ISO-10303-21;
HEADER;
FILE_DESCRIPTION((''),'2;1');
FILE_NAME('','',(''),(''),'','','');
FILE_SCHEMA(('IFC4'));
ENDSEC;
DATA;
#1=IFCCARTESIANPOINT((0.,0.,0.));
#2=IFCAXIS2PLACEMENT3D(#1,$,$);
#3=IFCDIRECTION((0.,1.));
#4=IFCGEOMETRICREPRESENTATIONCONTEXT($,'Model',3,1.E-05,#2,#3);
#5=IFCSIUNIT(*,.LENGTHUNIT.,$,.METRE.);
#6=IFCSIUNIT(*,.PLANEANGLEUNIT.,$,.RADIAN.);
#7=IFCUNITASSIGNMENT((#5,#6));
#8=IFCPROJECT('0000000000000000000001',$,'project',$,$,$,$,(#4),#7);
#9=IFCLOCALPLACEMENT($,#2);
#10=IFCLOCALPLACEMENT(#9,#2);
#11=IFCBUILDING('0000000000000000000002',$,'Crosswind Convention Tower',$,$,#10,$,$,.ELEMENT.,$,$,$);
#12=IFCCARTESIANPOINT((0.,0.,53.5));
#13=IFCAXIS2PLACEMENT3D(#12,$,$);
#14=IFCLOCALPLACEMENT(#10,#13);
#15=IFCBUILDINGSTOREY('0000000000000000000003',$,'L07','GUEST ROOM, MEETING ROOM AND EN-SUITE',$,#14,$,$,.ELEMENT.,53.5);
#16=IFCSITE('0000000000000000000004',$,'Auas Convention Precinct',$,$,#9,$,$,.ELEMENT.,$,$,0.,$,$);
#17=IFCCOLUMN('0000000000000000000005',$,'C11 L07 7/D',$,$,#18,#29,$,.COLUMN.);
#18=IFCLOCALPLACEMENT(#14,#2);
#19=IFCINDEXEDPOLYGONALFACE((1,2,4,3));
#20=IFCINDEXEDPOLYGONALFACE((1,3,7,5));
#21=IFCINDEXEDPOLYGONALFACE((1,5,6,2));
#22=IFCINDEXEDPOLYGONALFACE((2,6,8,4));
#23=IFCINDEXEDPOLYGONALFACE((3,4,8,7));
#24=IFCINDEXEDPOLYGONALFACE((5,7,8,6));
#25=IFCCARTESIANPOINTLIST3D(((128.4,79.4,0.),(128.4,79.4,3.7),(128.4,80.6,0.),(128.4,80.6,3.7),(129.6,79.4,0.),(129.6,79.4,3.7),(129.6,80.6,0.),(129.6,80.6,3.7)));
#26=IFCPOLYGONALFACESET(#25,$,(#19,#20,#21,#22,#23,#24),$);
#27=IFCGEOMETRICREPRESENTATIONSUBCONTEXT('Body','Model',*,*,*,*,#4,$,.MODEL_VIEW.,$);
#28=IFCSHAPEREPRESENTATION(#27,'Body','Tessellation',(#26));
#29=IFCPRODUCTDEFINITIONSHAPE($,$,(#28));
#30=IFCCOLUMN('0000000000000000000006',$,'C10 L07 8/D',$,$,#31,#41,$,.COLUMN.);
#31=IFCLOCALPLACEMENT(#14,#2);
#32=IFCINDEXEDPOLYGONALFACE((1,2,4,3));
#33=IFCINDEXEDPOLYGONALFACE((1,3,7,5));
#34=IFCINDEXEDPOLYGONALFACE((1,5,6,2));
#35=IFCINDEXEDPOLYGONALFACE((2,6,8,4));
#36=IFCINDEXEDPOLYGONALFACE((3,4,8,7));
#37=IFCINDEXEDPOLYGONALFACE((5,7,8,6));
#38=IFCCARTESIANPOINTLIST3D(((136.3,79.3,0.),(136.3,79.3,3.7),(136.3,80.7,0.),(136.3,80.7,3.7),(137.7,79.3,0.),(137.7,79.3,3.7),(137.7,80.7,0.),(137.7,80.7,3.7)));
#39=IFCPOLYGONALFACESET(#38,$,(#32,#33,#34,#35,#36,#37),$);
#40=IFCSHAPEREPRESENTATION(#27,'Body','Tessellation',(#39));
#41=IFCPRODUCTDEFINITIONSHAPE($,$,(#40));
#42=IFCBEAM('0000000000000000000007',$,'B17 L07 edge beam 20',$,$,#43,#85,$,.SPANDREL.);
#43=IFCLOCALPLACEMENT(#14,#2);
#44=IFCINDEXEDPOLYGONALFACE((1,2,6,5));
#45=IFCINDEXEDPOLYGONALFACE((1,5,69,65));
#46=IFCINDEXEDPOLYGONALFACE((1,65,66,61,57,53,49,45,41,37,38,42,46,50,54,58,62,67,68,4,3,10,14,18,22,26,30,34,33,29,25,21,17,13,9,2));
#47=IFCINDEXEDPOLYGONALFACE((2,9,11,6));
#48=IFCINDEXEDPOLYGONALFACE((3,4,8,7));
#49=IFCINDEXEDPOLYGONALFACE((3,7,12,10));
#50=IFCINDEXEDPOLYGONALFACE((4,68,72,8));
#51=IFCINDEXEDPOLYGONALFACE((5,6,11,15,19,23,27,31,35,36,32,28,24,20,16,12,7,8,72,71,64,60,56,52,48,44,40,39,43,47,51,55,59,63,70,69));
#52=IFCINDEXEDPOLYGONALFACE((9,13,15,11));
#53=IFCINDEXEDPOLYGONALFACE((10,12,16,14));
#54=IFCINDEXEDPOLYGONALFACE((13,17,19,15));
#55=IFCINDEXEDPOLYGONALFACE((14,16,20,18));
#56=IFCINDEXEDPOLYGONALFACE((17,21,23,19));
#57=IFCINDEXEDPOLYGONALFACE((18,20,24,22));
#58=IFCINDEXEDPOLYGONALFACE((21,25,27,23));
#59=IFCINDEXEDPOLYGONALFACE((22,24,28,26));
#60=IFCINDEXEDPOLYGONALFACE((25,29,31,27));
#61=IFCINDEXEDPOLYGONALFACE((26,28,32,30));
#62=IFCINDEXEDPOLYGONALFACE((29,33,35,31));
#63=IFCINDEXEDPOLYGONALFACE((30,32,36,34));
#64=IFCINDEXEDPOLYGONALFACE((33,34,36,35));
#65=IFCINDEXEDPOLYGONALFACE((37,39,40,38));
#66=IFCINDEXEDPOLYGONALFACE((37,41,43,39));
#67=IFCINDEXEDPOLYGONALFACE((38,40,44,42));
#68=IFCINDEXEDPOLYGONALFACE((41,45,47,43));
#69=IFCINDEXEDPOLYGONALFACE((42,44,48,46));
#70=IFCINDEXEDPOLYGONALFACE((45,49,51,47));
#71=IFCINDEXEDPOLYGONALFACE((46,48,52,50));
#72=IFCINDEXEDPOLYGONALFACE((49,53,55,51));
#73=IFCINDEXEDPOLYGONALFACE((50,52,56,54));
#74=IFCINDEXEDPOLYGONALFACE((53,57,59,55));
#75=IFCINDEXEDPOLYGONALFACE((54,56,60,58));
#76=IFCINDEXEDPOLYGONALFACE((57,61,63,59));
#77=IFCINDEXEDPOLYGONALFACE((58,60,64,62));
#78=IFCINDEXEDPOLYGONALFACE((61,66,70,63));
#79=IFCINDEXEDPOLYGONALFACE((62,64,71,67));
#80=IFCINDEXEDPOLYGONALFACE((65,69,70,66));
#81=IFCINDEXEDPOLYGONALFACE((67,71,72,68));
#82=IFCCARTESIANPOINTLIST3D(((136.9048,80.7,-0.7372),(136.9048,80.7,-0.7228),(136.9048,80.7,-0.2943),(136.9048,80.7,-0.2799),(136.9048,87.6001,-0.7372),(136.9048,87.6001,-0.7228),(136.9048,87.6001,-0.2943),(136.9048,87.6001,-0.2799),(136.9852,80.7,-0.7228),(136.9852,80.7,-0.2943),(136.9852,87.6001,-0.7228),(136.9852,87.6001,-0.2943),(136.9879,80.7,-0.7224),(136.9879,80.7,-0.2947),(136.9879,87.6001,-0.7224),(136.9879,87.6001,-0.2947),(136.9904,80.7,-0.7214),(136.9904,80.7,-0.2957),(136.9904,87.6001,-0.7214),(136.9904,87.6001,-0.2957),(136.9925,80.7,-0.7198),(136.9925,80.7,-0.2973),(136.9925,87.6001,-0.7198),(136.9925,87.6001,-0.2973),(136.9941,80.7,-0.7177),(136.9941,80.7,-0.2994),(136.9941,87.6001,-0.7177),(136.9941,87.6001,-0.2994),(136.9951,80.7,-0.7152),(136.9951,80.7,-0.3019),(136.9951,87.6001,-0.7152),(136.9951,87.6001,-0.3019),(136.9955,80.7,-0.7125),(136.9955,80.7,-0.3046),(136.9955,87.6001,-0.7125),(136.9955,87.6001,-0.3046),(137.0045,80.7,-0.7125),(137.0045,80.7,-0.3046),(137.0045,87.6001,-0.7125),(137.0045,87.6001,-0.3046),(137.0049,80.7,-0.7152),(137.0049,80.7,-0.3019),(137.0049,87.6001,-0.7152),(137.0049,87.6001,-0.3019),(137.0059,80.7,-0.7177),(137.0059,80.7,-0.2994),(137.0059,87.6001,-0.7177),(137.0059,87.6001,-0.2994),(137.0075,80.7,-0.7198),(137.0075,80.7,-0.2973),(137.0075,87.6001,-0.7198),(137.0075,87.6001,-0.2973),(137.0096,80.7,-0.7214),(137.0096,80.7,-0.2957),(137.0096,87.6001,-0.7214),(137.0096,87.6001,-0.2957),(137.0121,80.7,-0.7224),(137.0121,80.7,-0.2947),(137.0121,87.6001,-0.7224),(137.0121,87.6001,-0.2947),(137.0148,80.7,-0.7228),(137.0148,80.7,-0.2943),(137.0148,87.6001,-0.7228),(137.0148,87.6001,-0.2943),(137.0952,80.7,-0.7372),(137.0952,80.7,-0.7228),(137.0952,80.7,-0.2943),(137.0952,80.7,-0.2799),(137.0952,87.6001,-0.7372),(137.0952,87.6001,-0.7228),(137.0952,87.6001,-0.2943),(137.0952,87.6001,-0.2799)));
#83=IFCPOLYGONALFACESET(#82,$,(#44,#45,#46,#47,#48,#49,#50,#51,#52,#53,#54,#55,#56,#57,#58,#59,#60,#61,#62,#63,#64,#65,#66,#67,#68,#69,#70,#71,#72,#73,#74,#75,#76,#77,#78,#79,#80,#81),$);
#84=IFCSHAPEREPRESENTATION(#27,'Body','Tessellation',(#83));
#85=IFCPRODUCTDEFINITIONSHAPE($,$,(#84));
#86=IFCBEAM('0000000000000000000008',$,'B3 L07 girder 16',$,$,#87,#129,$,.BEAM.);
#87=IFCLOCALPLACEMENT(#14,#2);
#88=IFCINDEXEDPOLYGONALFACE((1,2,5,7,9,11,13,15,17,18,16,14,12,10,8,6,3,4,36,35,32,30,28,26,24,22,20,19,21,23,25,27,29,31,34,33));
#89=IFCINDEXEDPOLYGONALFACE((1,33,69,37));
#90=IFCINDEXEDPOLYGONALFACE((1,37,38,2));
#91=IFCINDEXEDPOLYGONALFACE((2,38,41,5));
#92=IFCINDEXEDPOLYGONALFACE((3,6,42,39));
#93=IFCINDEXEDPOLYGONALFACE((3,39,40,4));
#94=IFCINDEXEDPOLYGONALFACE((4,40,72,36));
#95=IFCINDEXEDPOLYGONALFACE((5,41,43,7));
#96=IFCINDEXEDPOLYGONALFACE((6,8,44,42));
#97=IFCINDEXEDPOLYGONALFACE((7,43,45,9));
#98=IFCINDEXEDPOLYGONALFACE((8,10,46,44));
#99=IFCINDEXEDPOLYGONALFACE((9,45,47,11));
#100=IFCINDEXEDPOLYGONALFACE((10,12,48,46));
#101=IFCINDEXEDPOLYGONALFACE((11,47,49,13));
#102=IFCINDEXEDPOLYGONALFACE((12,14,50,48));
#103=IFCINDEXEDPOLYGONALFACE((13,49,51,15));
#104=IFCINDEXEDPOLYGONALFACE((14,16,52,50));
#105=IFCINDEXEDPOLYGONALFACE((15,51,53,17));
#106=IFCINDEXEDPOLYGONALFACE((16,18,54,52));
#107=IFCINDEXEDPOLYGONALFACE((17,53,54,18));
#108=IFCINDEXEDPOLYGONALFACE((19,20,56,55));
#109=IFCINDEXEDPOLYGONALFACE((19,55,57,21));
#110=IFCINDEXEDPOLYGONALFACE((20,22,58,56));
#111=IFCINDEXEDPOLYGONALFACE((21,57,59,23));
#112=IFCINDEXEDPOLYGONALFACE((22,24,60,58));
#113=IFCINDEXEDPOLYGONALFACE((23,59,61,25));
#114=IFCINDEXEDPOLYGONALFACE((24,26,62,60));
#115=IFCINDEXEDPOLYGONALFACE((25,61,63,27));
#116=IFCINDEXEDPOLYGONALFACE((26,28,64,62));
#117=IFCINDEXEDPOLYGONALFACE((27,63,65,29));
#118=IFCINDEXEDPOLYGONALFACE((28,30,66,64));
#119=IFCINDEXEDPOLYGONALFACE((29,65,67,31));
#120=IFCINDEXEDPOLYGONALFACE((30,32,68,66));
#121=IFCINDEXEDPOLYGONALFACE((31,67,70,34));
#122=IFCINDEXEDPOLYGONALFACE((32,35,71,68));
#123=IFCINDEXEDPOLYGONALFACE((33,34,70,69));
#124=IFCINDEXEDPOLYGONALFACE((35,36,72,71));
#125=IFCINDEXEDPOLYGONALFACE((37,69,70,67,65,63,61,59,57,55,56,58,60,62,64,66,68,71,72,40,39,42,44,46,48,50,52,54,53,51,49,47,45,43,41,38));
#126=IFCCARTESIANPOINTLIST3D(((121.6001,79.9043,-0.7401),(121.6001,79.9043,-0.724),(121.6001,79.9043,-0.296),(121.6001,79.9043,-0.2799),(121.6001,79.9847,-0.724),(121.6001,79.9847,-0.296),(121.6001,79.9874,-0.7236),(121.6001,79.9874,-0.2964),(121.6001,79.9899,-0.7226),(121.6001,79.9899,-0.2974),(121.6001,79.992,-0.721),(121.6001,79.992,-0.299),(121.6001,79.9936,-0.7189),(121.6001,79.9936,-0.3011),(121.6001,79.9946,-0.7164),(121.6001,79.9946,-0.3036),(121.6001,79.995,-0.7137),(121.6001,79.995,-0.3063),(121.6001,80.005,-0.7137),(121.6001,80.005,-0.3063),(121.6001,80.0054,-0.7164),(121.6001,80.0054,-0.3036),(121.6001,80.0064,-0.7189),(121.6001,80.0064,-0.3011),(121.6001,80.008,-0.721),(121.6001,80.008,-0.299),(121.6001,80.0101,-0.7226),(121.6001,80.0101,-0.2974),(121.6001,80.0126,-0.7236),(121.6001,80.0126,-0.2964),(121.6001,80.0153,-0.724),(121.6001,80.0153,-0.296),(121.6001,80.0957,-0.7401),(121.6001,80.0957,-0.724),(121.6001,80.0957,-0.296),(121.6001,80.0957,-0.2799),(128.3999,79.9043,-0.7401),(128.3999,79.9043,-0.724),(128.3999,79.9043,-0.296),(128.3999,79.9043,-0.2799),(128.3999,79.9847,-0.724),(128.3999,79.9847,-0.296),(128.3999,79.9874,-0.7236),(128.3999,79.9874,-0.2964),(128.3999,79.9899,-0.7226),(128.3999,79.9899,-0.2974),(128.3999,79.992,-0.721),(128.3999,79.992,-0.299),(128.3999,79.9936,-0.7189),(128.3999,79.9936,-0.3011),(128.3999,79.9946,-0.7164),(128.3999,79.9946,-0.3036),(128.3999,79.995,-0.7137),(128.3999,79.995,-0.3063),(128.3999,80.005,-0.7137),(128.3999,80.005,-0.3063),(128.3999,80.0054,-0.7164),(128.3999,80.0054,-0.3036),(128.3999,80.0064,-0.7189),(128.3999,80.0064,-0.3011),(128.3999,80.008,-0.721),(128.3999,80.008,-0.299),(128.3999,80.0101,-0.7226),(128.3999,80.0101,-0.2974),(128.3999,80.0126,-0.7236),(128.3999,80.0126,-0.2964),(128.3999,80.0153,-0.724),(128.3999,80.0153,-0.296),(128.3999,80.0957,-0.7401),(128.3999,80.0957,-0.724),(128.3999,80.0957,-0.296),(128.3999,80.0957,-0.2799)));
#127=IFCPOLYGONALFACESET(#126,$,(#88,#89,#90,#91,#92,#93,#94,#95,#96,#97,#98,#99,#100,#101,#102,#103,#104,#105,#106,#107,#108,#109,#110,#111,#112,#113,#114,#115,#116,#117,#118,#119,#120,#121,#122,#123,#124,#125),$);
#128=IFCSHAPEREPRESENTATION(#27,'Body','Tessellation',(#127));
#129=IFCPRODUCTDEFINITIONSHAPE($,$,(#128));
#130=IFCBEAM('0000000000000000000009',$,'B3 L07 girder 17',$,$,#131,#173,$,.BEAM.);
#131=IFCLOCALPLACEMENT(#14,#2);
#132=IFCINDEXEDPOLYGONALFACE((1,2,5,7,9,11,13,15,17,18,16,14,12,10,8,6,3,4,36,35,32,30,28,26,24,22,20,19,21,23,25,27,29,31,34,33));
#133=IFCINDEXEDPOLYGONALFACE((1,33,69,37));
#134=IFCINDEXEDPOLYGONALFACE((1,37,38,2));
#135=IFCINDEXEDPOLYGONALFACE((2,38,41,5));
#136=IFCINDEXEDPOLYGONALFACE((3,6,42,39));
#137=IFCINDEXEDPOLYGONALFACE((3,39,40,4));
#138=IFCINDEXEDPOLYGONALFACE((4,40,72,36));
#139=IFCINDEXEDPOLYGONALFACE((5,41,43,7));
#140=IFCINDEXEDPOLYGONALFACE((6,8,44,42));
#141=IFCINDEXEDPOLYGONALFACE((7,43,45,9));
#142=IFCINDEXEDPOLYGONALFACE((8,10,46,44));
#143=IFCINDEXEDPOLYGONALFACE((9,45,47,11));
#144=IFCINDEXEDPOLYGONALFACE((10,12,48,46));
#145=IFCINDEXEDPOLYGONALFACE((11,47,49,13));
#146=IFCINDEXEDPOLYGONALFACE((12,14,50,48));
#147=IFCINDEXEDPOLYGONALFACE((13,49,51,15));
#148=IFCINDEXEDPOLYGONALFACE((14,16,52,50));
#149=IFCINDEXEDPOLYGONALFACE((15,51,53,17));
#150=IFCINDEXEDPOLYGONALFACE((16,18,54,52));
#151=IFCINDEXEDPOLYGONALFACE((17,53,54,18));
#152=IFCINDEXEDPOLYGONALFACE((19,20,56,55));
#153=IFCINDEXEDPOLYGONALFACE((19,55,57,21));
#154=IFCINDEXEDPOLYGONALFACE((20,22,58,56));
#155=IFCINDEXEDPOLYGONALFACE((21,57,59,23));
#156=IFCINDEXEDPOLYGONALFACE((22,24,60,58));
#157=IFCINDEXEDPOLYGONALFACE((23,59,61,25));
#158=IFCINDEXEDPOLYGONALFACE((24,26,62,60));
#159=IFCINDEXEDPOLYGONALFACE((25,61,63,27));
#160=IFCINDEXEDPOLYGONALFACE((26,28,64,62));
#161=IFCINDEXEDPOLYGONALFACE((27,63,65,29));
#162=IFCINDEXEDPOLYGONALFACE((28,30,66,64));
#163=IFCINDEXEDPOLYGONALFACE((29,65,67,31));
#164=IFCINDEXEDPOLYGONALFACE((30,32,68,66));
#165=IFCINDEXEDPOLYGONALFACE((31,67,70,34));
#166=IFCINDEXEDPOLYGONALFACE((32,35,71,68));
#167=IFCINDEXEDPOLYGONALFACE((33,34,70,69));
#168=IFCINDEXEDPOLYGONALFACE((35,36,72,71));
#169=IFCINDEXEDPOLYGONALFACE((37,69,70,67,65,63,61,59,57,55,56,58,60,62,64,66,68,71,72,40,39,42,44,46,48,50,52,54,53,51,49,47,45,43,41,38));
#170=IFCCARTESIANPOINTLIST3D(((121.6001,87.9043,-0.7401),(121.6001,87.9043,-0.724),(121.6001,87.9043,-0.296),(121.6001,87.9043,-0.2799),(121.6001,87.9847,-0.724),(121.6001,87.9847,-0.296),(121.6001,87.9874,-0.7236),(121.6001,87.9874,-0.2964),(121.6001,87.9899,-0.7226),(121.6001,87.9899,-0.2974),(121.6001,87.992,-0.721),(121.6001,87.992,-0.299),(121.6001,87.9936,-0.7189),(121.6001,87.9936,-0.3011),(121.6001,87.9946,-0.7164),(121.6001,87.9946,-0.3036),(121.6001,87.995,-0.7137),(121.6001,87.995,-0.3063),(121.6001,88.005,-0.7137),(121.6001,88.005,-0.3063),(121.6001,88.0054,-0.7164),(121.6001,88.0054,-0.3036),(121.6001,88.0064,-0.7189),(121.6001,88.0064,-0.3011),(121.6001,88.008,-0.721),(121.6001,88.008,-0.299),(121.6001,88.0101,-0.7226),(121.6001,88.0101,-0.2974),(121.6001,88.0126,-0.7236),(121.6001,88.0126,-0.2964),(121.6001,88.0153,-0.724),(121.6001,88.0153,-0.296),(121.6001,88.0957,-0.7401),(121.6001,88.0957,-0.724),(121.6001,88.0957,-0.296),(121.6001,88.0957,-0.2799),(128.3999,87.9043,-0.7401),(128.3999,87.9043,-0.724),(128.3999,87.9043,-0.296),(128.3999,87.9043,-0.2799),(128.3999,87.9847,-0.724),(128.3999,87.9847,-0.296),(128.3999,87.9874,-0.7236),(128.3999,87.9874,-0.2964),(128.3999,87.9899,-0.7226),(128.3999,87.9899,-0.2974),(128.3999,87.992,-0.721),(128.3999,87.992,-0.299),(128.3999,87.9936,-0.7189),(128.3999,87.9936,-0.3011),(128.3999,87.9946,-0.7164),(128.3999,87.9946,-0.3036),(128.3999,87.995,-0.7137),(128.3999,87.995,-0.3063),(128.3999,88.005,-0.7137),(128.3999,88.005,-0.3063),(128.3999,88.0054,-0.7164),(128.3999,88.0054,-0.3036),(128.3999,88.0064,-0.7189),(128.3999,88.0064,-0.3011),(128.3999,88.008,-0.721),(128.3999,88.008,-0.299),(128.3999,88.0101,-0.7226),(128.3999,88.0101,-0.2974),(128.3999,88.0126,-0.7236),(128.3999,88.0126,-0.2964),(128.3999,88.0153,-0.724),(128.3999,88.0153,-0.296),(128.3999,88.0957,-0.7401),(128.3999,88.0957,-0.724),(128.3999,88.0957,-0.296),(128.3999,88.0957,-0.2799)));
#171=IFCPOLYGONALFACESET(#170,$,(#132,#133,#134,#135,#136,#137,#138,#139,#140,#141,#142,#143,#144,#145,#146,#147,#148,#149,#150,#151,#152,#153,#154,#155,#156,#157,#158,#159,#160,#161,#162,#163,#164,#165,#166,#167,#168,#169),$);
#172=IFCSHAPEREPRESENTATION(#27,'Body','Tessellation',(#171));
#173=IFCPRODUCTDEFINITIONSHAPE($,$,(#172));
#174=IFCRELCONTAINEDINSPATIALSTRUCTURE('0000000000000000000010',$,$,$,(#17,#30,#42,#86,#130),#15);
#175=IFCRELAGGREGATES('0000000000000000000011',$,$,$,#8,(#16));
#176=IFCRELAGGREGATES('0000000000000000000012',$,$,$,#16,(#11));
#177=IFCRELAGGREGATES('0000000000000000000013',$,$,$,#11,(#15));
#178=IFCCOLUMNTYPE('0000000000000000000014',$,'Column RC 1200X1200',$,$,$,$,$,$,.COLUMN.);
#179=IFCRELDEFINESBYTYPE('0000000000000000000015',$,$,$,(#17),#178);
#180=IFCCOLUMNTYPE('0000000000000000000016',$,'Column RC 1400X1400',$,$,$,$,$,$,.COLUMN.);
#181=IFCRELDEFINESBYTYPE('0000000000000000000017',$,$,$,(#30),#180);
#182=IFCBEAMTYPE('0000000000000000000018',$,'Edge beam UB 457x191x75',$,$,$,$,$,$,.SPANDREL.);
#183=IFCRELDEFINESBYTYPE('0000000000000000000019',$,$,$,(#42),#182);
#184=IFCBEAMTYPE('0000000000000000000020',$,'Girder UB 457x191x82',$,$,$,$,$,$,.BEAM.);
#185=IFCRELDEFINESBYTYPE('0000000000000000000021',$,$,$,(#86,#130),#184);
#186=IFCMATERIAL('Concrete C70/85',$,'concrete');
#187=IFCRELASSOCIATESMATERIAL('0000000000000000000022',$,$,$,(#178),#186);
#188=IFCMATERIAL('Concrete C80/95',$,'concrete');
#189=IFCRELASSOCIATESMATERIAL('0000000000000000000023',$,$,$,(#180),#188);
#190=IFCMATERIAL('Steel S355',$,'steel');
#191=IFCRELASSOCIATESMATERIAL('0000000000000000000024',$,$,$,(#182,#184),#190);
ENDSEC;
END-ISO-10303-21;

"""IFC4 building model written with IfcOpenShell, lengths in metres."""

from ifc_helpers import new_model, si_unit, direction, frame, origin, origin_2d, place, context, subcontext, project, spatial, rectangle, i_section, extrude, material, material_profile, profile_set, type_object, element, save


model = new_model("IFC4")

# Units and contexts
model_context = context("Model", 3, precision=1e-05, world=origin(), true_north=direction((0.0, 1.0)))
body_context = subcontext(model_context, "Body", "Model", "MODEL_VIEW")
ifc_project = project(units=[si_unit("LENGTHUNIT", "METRE"), si_unit("PLANEANGLEUNIT", "RADIAN")], contexts=[model_context])

# Site, building, storey
site_placement = place(None, origin())
site = spatial("IfcSite", under=ifc_project, at=site_placement, Name="Auas Convention Precinct", CompositionType="ELEMENT", RefElevation=0.0)
building_placement = place(site_placement, origin())
building = spatial("IfcBuilding", under=site, at=building_placement, Name="Crosswind Convention Tower", CompositionType="ELEMENT")
storey_placement = place(building_placement, frame((0.0, 0.0, 53.5)))
storey = spatial("IfcBuildingStorey", under=building, at=storey_placement, Name="L07", Description="GUEST ROOM, MEETING ROOM AND EN-SUITE", CompositionType="ELEMENT", Elevation=53.5)

# Columns
ifc_material_1 = material(Name="Concrete C70/85", Category="concrete")
ifc_material_profile_1 = material_profile(ifc_material_1, rectangle(XDim=1.2, YDim=1.2, at=origin_2d()), Name="RC 1200X1200")
ifc_profile_set_1 = profile_set([ifc_material_profile_1], Name="Concrete C70/85")
column_type_1 = type_object("IfcColumnType", Name="Column RC 1200X1200", PredefinedType="COLUMN", material=ifc_profile_set_1)
column_1_placement = place(storey_placement, frame((129.0, 80.0, 0.0), z_axis=(0.0, 0.0, 1.0), x_axis=(1.0, 0.0, 0.0)))
element("IfcColumn", 1, at=column_1_placement, inside=storey, type_object=column_type_1, Name="C11 L07 7/D", PredefinedType="COLUMN", context=body_context, shape_type="SweptSolid", body=[
    extrude(rectangle(XDim=1.2, YDim=1.2, at=origin_2d()), origin(), (0.0, 0.0, 1.0), 3.7),
])
ifc_material_2 = material(Name="Concrete C80/95", Category="concrete")
ifc_material_profile_2 = material_profile(ifc_material_2, rectangle(XDim=1.3999, YDim=1.3999, at=origin_2d()), Name="RC 1400X1400")
ifc_profile_set_2 = profile_set([ifc_material_profile_2], Name="Concrete C80/95")
column_type_2 = type_object("IfcColumnType", Name="Column RC 1400X1400", PredefinedType="COLUMN", material=ifc_profile_set_2)
column_2_placement = place(storey_placement, frame((137.0, 80.0, 0.0), z_axis=(0.0, 0.0, 1.0), x_axis=(1.0, 0.0, 0.0)))
element("IfcColumn", 2, at=column_2_placement, inside=storey, type_object=column_type_2, Name="C10 L07 8/D", PredefinedType="COLUMN", context=body_context, shape_type="SweptSolid", body=[
    extrude(rectangle(XDim=1.3999, YDim=1.3999, at=origin_2d()), origin(), (0.0, 0.0, 1.0), 3.7),
])

# Beams
ifc_material_3 = material(Name="Steel S355", Category="steel")
ifc_material_profile_3 = material_profile(ifc_material_3, i_section(OverallWidth=0.1904, OverallDepth=0.4573, WebThickness=0.009, FlangeThickness=0.0144, FilletRadius=0.0103, at=origin_2d()), Name="UB 457x191x75")
ifc_profile_set_3 = profile_set([ifc_material_profile_3], Name="Steel S355")
beam_type_1 = type_object("IfcBeamType", Name="Edge beam UB 457x191x75", PredefinedType="SPANDREL", material=ifc_profile_set_3)
beam_1_placement = place(storey_placement, frame((137.0, 80.7, -0.5085), z_axis=(0.0, 1.0, 0.0), x_axis=(-1.0, 0.0, 0.0)))
element("IfcBeam", 3, at=beam_1_placement, inside=storey, type_object=beam_type_1, Name="B17 L07 edge beam 20", PredefinedType="SPANDREL", context=body_context, shape_type="SweptSolid", body=[
    extrude(i_section(OverallWidth=0.1904, OverallDepth=0.4573, WebThickness=0.009, FlangeThickness=0.0144, FilletRadius=0.0103, at=origin_2d()), origin(), (0.0, 0.0, 1.0), 6.9001),
])
ifc_material_profile_4 = material_profile(ifc_material_3, i_section(OverallWidth=0.1914, OverallDepth=0.4602, WebThickness=0.01, FlangeThickness=0.0161, FilletRadius=0.0103, at=origin_2d()), Name="UB 457x191x82")
ifc_profile_set_4 = profile_set([ifc_material_profile_4], Name="Steel S355")
beam_type_2 = type_object("IfcBeamType", Name="Girder UB 457x191x82", PredefinedType="BEAM", material=ifc_profile_set_4)
for number, where, z_axis, x_axis, name in (
    (4, (121.6001, 80.0, -0.51), (1.0, 0.0, 0.0), (0.0, 1.0, 0.0), "B3 L07 girder 16"),
    (5, (121.6001, 88.0, -0.51), (1.0, 0.0, 0.0), (0.0, 1.0, 0.0), "B3 L07 girder 17"),
):
    element("IfcBeam", number, at=place(storey_placement, frame(where, z_axis=z_axis, x_axis=x_axis)), inside=storey, type_object=beam_type_2, Name=name, PredefinedType="BEAM", context=body_context, shape_type="SweptSolid", body=[
        extrude(i_section(OverallWidth=0.1914, OverallDepth=0.4602, WebThickness=0.01, FlangeThickness=0.0161, FilletRadius=0.0103, at=origin_2d()), origin(), (0.0, 0.0, 1.0), 6.7998),
    ])

save(model, "model.ifc")
